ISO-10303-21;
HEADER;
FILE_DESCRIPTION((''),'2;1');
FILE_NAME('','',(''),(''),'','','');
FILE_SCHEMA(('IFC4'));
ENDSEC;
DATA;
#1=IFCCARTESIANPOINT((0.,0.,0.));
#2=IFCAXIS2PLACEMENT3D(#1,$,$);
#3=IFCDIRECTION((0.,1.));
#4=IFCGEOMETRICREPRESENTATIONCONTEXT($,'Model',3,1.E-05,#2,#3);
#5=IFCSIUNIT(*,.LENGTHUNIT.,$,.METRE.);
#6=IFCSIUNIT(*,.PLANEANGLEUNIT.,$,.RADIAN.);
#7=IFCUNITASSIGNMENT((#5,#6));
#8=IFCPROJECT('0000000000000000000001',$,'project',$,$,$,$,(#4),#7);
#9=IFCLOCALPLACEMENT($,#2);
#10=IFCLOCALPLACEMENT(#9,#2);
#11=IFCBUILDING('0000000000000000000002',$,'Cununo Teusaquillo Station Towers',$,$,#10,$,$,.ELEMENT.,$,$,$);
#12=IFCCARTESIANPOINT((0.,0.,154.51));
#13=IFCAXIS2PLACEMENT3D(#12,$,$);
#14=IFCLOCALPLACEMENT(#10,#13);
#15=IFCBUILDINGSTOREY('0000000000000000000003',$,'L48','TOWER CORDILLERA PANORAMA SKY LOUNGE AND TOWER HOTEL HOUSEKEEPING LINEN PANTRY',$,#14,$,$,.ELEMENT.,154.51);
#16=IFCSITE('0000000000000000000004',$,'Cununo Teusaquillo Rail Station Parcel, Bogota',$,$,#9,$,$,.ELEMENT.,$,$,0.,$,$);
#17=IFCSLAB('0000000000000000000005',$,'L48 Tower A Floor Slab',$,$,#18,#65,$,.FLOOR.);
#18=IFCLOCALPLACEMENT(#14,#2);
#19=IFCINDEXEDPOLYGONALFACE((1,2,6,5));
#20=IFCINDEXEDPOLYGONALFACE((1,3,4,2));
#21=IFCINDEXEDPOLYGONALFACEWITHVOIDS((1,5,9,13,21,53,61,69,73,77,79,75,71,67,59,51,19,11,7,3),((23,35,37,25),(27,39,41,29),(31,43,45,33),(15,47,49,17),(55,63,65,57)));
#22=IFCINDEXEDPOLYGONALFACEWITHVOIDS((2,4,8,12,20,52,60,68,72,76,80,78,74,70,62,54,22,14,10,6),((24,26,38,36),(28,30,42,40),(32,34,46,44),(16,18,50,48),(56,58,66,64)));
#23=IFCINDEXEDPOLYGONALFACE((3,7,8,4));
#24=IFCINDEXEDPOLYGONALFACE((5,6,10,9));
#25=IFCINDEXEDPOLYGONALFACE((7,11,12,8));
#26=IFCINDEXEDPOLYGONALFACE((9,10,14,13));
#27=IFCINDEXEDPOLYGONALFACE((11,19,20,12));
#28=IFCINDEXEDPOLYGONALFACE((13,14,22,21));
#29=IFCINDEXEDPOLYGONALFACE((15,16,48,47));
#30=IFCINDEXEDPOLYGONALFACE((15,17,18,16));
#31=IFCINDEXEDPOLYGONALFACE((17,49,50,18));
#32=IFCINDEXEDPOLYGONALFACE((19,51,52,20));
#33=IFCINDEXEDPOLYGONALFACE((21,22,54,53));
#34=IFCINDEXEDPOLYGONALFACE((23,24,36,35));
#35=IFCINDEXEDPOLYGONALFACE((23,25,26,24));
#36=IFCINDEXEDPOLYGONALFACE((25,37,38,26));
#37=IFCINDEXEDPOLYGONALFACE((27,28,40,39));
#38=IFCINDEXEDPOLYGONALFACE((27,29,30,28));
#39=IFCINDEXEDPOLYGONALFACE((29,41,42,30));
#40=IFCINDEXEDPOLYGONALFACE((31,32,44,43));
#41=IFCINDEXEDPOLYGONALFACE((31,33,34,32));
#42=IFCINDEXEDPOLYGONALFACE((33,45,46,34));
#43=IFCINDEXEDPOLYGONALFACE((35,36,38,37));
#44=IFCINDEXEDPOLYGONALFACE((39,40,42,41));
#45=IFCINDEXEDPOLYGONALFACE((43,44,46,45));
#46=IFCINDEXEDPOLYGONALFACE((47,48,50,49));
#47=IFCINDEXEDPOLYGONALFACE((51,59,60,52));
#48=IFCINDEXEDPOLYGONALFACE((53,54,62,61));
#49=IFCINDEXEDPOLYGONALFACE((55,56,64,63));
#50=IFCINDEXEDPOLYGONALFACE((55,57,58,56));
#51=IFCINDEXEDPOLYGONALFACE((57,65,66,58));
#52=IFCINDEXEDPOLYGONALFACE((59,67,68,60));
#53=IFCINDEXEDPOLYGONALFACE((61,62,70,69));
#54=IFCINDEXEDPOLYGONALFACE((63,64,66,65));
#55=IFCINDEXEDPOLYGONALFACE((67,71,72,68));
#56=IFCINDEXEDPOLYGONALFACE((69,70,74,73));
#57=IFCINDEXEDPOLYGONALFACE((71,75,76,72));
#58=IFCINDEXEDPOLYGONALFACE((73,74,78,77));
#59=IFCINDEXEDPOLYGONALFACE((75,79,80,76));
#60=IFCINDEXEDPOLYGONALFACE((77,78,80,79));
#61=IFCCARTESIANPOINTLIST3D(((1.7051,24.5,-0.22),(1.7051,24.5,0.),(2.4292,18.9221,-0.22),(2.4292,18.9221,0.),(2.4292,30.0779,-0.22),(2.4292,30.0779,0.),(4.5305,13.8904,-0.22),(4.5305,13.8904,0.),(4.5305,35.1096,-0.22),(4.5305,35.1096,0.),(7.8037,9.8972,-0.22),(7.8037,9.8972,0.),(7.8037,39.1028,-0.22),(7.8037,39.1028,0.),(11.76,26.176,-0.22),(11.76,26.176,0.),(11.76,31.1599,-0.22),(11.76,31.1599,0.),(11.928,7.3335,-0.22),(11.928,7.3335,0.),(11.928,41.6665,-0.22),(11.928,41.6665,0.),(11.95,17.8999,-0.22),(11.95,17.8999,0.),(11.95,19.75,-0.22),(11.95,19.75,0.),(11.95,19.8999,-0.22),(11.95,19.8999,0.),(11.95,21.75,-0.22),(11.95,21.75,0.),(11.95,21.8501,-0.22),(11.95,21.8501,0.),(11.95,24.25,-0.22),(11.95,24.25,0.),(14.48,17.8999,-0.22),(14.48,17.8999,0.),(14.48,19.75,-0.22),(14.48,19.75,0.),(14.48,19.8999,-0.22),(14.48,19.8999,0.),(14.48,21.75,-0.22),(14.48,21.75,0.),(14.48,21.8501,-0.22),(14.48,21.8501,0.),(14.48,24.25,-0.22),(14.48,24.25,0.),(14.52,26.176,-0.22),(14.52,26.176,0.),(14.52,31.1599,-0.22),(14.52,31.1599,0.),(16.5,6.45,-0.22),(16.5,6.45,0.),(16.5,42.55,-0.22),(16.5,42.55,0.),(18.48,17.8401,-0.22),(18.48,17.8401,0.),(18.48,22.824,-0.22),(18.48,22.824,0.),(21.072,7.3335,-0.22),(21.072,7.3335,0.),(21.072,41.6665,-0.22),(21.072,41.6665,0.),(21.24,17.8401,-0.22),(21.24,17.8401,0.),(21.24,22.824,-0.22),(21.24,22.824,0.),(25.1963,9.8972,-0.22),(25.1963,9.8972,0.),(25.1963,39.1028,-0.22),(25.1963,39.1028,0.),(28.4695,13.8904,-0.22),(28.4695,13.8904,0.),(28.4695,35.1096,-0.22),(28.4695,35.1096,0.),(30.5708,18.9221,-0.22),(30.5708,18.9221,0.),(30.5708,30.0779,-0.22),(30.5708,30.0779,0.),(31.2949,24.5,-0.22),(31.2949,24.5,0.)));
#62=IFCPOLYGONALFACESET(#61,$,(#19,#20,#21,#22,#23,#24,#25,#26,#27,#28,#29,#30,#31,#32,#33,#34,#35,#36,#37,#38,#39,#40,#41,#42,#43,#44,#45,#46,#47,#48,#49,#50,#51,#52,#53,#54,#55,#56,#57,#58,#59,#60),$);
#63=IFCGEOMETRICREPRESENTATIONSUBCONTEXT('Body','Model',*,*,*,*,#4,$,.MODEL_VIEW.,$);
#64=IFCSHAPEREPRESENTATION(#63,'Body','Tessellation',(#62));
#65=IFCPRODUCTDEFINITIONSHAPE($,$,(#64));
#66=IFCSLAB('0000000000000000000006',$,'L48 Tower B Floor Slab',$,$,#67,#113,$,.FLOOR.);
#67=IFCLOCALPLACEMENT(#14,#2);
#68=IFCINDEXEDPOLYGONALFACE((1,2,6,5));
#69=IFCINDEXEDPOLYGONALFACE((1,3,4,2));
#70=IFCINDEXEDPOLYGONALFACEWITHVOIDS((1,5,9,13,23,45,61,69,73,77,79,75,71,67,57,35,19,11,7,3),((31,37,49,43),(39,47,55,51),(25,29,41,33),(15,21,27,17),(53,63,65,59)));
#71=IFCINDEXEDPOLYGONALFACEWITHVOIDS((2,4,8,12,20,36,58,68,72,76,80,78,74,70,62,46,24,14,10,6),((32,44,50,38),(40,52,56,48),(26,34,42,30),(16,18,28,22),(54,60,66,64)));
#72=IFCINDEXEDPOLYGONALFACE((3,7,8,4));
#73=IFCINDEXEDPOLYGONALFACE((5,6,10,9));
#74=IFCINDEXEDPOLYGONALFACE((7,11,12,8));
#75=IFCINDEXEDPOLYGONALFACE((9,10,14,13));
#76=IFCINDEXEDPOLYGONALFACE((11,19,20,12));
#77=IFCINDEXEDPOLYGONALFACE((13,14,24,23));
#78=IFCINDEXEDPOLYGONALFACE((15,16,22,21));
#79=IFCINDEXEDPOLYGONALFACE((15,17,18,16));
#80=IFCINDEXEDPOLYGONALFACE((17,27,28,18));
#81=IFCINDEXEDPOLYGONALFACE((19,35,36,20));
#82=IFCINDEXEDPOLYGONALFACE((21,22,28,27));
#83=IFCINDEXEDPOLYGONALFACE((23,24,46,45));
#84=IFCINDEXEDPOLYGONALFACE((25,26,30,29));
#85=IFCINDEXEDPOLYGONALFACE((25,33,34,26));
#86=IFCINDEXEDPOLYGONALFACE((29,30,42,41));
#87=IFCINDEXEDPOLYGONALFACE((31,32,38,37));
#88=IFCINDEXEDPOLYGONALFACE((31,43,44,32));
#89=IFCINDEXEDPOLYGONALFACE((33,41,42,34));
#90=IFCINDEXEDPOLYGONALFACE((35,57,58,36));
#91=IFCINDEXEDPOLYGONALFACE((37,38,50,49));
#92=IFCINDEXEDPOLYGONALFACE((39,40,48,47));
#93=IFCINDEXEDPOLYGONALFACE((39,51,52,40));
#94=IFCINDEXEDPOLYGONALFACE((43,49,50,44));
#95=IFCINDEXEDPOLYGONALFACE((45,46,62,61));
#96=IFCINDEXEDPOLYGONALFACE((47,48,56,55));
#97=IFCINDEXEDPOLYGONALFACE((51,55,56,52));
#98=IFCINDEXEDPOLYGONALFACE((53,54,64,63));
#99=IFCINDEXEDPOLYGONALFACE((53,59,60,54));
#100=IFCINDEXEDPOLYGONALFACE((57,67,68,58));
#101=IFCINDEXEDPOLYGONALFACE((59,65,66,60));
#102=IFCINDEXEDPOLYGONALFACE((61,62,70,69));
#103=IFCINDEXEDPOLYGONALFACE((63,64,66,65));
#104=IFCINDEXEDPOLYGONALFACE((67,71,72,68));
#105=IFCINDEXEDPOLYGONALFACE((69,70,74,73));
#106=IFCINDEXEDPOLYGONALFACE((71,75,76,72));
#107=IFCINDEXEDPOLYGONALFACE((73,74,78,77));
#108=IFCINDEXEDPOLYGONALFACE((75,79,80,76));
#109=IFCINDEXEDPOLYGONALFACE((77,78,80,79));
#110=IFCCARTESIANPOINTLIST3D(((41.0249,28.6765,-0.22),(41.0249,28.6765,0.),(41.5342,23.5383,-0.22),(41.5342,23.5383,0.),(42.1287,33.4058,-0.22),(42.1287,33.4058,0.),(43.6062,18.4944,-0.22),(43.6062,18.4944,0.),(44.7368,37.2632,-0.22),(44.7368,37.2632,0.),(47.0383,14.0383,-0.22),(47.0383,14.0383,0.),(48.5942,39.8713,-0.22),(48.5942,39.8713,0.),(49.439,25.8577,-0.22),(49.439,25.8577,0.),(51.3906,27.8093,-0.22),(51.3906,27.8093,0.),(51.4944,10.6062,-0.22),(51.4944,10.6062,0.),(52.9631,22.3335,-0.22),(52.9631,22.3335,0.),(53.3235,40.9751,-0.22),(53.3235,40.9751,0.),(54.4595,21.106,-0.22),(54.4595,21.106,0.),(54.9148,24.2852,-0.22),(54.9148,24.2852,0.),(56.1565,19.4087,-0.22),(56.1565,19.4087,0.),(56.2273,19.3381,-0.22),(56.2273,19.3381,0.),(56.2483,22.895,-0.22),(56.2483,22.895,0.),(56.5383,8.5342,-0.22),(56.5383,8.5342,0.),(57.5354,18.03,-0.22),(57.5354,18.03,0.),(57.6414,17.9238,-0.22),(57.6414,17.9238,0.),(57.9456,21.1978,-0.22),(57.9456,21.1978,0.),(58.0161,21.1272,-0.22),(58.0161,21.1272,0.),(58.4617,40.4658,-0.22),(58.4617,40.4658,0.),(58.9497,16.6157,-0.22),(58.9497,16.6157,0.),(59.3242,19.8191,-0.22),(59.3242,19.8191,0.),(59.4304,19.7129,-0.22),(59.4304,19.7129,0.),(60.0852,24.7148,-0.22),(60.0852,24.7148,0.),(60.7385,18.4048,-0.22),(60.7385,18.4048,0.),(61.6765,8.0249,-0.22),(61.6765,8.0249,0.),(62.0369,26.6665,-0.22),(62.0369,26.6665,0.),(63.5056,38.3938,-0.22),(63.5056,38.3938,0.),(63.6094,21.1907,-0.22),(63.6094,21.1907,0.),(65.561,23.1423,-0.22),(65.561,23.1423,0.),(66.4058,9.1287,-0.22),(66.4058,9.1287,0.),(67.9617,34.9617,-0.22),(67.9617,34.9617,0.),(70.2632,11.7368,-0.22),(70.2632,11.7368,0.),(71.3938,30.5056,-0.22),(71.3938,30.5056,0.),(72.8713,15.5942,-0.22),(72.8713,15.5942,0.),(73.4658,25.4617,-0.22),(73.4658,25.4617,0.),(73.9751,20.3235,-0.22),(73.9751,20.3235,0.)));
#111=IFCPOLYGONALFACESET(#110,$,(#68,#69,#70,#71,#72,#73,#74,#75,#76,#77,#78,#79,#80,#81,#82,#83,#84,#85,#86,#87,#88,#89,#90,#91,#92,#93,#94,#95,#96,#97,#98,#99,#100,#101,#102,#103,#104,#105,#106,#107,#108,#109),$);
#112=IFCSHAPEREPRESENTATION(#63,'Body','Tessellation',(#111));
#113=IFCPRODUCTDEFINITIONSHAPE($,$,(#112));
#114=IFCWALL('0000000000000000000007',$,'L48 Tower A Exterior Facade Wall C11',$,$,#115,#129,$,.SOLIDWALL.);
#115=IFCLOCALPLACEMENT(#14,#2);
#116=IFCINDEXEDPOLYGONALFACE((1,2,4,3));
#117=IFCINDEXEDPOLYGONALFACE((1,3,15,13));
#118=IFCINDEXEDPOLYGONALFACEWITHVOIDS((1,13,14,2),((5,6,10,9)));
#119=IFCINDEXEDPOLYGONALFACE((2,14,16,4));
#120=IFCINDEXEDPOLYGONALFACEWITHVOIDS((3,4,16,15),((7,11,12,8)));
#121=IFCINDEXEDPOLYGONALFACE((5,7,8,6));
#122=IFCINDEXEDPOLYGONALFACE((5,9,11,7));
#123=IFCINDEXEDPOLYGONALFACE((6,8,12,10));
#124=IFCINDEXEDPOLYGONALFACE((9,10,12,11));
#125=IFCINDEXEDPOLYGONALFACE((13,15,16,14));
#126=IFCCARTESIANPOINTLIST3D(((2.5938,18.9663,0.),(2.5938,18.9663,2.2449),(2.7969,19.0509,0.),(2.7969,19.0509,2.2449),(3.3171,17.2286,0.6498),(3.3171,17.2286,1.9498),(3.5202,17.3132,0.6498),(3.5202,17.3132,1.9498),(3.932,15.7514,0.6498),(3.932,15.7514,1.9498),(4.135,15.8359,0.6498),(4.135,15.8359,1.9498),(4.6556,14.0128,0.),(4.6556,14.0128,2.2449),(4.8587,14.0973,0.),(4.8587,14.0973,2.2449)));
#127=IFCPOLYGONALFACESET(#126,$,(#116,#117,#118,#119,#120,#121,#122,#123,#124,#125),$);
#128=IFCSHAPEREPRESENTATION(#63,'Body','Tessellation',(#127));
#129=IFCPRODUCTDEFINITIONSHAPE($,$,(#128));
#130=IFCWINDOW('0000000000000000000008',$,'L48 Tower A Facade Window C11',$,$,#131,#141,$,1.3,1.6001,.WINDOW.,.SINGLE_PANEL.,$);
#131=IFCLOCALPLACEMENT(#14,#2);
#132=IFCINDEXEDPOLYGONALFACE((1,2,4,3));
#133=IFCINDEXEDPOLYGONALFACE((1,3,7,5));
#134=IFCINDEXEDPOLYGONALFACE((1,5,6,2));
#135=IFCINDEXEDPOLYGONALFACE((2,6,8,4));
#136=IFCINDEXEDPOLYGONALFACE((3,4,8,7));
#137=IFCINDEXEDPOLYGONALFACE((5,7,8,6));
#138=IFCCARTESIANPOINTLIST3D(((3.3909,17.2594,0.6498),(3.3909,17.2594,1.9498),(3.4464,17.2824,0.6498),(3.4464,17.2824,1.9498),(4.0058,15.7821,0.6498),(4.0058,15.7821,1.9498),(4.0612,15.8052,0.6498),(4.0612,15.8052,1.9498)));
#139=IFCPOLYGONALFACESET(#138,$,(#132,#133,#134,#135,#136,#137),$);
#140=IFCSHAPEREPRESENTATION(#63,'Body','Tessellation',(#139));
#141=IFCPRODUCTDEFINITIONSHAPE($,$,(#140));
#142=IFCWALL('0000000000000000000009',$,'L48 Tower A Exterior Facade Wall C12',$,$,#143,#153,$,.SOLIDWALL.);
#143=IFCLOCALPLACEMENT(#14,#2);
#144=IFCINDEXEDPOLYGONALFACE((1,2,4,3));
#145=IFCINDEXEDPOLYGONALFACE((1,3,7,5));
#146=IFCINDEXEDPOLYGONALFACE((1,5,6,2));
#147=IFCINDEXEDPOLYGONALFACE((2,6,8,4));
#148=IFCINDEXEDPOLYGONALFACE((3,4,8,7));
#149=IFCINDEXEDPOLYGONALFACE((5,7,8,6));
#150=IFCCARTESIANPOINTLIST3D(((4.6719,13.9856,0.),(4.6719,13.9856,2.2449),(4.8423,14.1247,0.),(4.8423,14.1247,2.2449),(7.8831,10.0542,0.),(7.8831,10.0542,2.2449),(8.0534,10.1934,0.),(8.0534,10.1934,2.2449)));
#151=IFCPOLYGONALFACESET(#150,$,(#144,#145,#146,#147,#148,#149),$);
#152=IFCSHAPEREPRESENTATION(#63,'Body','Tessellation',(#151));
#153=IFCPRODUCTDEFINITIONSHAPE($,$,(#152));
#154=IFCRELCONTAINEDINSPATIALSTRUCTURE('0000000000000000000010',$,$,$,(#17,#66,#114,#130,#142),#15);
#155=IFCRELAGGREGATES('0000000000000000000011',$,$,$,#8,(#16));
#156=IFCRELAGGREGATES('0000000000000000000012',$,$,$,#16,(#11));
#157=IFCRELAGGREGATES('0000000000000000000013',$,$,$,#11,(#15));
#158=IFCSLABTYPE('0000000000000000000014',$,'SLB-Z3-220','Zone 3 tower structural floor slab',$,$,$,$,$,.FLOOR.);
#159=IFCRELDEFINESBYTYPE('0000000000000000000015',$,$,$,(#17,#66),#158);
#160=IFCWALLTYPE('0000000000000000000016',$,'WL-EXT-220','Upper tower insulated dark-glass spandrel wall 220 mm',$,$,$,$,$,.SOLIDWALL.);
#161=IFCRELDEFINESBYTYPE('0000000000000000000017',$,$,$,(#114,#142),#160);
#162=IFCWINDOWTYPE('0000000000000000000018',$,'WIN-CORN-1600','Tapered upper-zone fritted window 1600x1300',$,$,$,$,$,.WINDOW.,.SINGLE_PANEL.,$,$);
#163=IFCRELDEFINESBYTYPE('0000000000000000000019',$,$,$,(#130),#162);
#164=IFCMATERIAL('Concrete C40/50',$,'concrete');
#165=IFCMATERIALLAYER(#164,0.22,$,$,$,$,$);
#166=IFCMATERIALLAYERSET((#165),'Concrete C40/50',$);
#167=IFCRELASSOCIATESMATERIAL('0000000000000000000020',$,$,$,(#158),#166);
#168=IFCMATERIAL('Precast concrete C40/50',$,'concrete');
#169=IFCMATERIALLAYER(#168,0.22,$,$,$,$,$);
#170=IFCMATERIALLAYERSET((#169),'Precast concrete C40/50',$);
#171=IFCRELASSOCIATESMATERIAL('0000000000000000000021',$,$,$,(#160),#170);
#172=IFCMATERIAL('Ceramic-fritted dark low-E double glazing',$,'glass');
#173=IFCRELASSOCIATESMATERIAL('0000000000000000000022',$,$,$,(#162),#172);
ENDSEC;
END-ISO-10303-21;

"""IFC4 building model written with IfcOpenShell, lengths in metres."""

from ifc_helpers import new_model, si_unit, direction, frame, frame_2d, origin, place, context, subcontext, project, spatial, polyline, rectangle, outline, extrude, source, transform, mapped, material, layer, layer_set, type_object, element, fill, save


model = new_model("IFC4")

# Units and contexts
model_context = context("Model", 3, precision=1e-05, world=origin(), true_north=direction((0.0, 1.0)))
body_context = subcontext(model_context, "Body", "Model", "MODEL_VIEW")
ifc_project = project(units=[si_unit("LENGTHUNIT", "METRE"), si_unit("PLANEANGLEUNIT", "RADIAN")], contexts=[model_context])

# Site, building, storey
site_placement = place(None, origin())
site = spatial("IfcSite", under=ifc_project, at=site_placement, Name="Cununo Teusaquillo Rail Station Parcel, Bogota", CompositionType="ELEMENT", RefElevation=0.0)
building_placement = place(site_placement, origin())
building = spatial("IfcBuilding", under=site, at=building_placement, Name="Cununo Teusaquillo Station Towers", CompositionType="ELEMENT")
storey_placement = place(building_placement, frame((0.0, 0.0, 154.51)))
storey = spatial("IfcBuildingStorey", under=building, at=storey_placement, Name="L48", Description="TOWER CORDILLERA PANORAMA SKY LOUNGE AND TOWER HOTEL HOUSEKEEPING LINEN PANTRY", CompositionType="ELEMENT", Elevation=154.51)

# Slabs
ifc_material_1 = material(Name="Concrete C40/50", Category="concrete")
ifc_layer_1 = layer(ifc_material_1, 0.22)
ifc_layer_set_1 = layer_set([ifc_layer_1], Name="Concrete C40/50")
slab_type_1 = type_object("IfcSlabType", Name="SLB-Z3-220", Description="Zone 3 tower structural floor slab", PredefinedType="FLOOR", material=ifc_layer_set_1)
slab_1_placement = place(storey_placement, frame((0.0, 0.0, -0.22)))
element("IfcSlab", 1, at=slab_1_placement, inside=storey, type_object=slab_type_1, Name="L48 Tower A Floor Slab", PredefinedType="FLOOR", context=body_context, shape_type="SweptSolid", body=[
    extrude(outline(polyline([(31.2949, 24.5), (30.5708, 30.0779), (28.4695, 35.1096), (25.1963, 39.1028), (21.072, 41.6665), (16.5, 42.55), (11.928, 41.6665), (7.8037, 39.1028), (4.5305, 35.1096), (2.4292, 30.0779), (1.7051, 24.5), (2.4292, 18.9221), (4.5305, 13.8904), (7.8037, 9.8972), (11.928, 7.3335), (16.5, 6.45), (21.072, 7.3335), (25.1963, 9.8972), (28.4695, 13.8904), (30.5708, 18.9221), (31.2949, 24.5)]), holes=[polyline([(14.52, 26.176), (14.52, 31.1599), (11.76, 31.1599), (11.76, 26.176), (14.52, 26.176)]), polyline([(18.48, 22.824), (18.48, 17.8401), (21.24, 17.8401), (21.24, 22.824), (18.48, 22.824)]), polyline([(11.95, 21.8501), (14.48, 21.8501), (14.48, 24.25), (11.95, 24.25), (11.95, 21.8501)]), polyline([(11.95, 17.8999), (14.48, 17.8999), (14.48, 19.75), (11.95, 19.75), (11.95, 17.8999)]), polyline([(11.95, 19.8999), (14.48, 19.8999), (14.48, 21.75), (11.95, 21.75), (11.95, 19.8999)])]), origin(), (0.0, 0.0, 1.0), 0.22),
])
slab_2_placement = place(storey_placement, frame((0.0, 0.0, -0.22)))
element("IfcSlab", 2, at=slab_2_placement, inside=storey, type_object=slab_type_1, Name="L48 Tower B Floor Slab", PredefinedType="FLOOR", context=body_context, shape_type="SweptSolid", body=[
    extrude(outline(polyline([(67.9617, 34.9617), (63.5056, 38.3938), (58.4617, 40.4658), (53.3235, 40.9751), (48.5942, 39.8713), (44.7368, 37.2632), (42.1287, 33.4058), (41.0249, 28.6765), (41.5342, 23.5383), (43.6062, 18.4944), (47.0383, 14.0383), (51.4944, 10.6062), (56.5383, 8.5342), (61.6765, 8.0249), (66.4058, 9.1287), (70.2632, 11.7368), (72.8713, 15.5942), (73.9751, 20.3235), (73.4658, 25.4617), (71.3938, 30.5056), (67.9617, 34.9617)]), holes=[polyline([(54.9148, 24.2852), (51.3906, 27.8093), (49.439, 25.8577), (52.9631, 22.3335), (54.9148, 24.2852)]), polyline([(60.0852, 24.7148), (63.6094, 21.1907), (65.561, 23.1423), (62.0369, 26.6665), (60.0852, 24.7148)]), polyline([(56.1565, 19.4087), (57.9456, 21.1978), (56.2483, 22.895), (54.4595, 21.106), (56.1565, 19.4087)]), polyline([(58.9497, 16.6157), (60.7385, 18.4048), (59.4304, 19.7129), (57.6414, 17.9238), (58.9497, 16.6157)]), polyline([(57.5354, 18.03), (59.3242, 19.8191), (58.0161, 21.1272), (56.2273, 19.3381), (57.5354, 18.03)])]), origin(), (0.0, 0.0, 1.0), 0.22),
])

# Wall, opening, window
ifc_material_2 = material(Name="Precast concrete C40/50", Category="concrete")
ifc_layer_2 = layer(ifc_material_2, 0.22)
ifc_layer_set_2 = layer_set([ifc_layer_2], Name="Precast concrete C40/50")
wall_type_1 = type_object("IfcWallType", Name="WL-EXT-220", Description="Upper tower insulated dark-glass spandrel wall 220 mm", PredefinedType="SOLIDWALL", material=ifc_layer_set_2)
wall_1_placement = place(storey_placement, frame((4.7571, 14.0552, 0.0), z_axis=(0.0, 0.0, 1.0), x_axis=(-0.38426, 0.923225, 0.0)))
wall_1 = element("IfcWall", 3, at=wall_1_placement, inside=storey, type_object=wall_type_1, Name="L48 Tower A Exterior Facade Wall C11", PredefinedType="SOLIDWALL", context=body_context, shape_type="SweptSolid", body=[
    extrude(rectangle(XDim=5.3655, YDim=0.22, at=frame_2d((2.6826, 0.0))), origin(), (0.0, 0.0, 1.0), 2.2449),
])
shared_shape_1 = source(origin(), body_context, "Body", "SweptSolid", [
    extrude(rectangle(XDim=1.6001, YDim=1.3, at=frame_2d((0.8, 0.6499))), frame((0.0, 0.1199, 0.0), z_axis=(0.0, -1.0, 0.0), x_axis=(1.0, 0.0, 0.0)), (0.0, 0.0, 1.0), 0.24),
])
opening_1_placement = place(wall_1_placement, frame((1.8831, 0.0, 0.6499)))
opening_1 = element("IfcOpeningElement", 4, at=opening_1_placement, cuts=wall_1, PredefinedType="OPENING", context=body_context, shape_type="MappedRepresentation", body=[
    mapped(shared_shape_1, transform((0.0, 0.0, 0.0), x_axis=(1.0, 0.0, 0.0), y_axis=(0.0, 1.0, 0.0), z_axis=(0.0, 0.0, 1.0), scale=1.0)),
])
ifc_material_3 = material(Name="Ceramic-fritted dark low-E double glazing", Category="glass")
window_type = type_object("IfcWindowType", Name="WIN-CORN-1600", Description="Tapered upper-zone fritted window 1600x1300", PartitioningType="SINGLE_PANEL", PredefinedType="WINDOW", material=ifc_material_3)
shared_shape_2 = source(origin(), body_context, "Body", "SweptSolid", [
    extrude(rectangle(XDim=1.6001, YDim=1.3, at=frame_2d((0.8, 0.6499))), frame((0.0, 0.03, 0.0), z_axis=(0.0, -1.0, 0.0), x_axis=(1.0, 0.0, 0.0)), (0.0, 0.0, 1.0), 0.0601),
])
window_1_placement = place(opening_1_placement, origin())
window_1 = element("IfcWindow", 5, at=window_1_placement, inside=storey, type_object=window_type, Name="L48 Tower A Facade Window C11", OverallHeight=1.3, OverallWidth=1.6001, PartitioningType="SINGLE_PANEL", PredefinedType="WINDOW", context=body_context, shape_type="MappedRepresentation", body=[
    mapped(shared_shape_2, transform((0.0, 0.0, 0.0), x_axis=(1.0, 0.0, 0.0), y_axis=(0.0, 1.0, 0.0), z_axis=(0.0, 0.0, 1.0), scale=1.0)),
])
fill(opening_1, window_1)

# Wall
wall_2_placement = place(storey_placement, frame((7.9683, 10.1238, 0.0), z_axis=(0.0, 0.0, 1.0), x_axis=(-0.632599, 0.77448, 0.0)))
element("IfcWall", 6, at=wall_2_placement, inside=storey, type_object=wall_type_1, Name="L48 Tower A Exterior Facade Wall C12", PredefinedType="SOLIDWALL", context=body_context, shape_type="SweptSolid", body=[
    extrude(rectangle(XDim=5.0762, YDim=0.22, at=frame_2d((2.5381, 0.0))), origin(), (0.0, 0.0, 1.0), 2.2449),
])

save(model, "model.ifc")
